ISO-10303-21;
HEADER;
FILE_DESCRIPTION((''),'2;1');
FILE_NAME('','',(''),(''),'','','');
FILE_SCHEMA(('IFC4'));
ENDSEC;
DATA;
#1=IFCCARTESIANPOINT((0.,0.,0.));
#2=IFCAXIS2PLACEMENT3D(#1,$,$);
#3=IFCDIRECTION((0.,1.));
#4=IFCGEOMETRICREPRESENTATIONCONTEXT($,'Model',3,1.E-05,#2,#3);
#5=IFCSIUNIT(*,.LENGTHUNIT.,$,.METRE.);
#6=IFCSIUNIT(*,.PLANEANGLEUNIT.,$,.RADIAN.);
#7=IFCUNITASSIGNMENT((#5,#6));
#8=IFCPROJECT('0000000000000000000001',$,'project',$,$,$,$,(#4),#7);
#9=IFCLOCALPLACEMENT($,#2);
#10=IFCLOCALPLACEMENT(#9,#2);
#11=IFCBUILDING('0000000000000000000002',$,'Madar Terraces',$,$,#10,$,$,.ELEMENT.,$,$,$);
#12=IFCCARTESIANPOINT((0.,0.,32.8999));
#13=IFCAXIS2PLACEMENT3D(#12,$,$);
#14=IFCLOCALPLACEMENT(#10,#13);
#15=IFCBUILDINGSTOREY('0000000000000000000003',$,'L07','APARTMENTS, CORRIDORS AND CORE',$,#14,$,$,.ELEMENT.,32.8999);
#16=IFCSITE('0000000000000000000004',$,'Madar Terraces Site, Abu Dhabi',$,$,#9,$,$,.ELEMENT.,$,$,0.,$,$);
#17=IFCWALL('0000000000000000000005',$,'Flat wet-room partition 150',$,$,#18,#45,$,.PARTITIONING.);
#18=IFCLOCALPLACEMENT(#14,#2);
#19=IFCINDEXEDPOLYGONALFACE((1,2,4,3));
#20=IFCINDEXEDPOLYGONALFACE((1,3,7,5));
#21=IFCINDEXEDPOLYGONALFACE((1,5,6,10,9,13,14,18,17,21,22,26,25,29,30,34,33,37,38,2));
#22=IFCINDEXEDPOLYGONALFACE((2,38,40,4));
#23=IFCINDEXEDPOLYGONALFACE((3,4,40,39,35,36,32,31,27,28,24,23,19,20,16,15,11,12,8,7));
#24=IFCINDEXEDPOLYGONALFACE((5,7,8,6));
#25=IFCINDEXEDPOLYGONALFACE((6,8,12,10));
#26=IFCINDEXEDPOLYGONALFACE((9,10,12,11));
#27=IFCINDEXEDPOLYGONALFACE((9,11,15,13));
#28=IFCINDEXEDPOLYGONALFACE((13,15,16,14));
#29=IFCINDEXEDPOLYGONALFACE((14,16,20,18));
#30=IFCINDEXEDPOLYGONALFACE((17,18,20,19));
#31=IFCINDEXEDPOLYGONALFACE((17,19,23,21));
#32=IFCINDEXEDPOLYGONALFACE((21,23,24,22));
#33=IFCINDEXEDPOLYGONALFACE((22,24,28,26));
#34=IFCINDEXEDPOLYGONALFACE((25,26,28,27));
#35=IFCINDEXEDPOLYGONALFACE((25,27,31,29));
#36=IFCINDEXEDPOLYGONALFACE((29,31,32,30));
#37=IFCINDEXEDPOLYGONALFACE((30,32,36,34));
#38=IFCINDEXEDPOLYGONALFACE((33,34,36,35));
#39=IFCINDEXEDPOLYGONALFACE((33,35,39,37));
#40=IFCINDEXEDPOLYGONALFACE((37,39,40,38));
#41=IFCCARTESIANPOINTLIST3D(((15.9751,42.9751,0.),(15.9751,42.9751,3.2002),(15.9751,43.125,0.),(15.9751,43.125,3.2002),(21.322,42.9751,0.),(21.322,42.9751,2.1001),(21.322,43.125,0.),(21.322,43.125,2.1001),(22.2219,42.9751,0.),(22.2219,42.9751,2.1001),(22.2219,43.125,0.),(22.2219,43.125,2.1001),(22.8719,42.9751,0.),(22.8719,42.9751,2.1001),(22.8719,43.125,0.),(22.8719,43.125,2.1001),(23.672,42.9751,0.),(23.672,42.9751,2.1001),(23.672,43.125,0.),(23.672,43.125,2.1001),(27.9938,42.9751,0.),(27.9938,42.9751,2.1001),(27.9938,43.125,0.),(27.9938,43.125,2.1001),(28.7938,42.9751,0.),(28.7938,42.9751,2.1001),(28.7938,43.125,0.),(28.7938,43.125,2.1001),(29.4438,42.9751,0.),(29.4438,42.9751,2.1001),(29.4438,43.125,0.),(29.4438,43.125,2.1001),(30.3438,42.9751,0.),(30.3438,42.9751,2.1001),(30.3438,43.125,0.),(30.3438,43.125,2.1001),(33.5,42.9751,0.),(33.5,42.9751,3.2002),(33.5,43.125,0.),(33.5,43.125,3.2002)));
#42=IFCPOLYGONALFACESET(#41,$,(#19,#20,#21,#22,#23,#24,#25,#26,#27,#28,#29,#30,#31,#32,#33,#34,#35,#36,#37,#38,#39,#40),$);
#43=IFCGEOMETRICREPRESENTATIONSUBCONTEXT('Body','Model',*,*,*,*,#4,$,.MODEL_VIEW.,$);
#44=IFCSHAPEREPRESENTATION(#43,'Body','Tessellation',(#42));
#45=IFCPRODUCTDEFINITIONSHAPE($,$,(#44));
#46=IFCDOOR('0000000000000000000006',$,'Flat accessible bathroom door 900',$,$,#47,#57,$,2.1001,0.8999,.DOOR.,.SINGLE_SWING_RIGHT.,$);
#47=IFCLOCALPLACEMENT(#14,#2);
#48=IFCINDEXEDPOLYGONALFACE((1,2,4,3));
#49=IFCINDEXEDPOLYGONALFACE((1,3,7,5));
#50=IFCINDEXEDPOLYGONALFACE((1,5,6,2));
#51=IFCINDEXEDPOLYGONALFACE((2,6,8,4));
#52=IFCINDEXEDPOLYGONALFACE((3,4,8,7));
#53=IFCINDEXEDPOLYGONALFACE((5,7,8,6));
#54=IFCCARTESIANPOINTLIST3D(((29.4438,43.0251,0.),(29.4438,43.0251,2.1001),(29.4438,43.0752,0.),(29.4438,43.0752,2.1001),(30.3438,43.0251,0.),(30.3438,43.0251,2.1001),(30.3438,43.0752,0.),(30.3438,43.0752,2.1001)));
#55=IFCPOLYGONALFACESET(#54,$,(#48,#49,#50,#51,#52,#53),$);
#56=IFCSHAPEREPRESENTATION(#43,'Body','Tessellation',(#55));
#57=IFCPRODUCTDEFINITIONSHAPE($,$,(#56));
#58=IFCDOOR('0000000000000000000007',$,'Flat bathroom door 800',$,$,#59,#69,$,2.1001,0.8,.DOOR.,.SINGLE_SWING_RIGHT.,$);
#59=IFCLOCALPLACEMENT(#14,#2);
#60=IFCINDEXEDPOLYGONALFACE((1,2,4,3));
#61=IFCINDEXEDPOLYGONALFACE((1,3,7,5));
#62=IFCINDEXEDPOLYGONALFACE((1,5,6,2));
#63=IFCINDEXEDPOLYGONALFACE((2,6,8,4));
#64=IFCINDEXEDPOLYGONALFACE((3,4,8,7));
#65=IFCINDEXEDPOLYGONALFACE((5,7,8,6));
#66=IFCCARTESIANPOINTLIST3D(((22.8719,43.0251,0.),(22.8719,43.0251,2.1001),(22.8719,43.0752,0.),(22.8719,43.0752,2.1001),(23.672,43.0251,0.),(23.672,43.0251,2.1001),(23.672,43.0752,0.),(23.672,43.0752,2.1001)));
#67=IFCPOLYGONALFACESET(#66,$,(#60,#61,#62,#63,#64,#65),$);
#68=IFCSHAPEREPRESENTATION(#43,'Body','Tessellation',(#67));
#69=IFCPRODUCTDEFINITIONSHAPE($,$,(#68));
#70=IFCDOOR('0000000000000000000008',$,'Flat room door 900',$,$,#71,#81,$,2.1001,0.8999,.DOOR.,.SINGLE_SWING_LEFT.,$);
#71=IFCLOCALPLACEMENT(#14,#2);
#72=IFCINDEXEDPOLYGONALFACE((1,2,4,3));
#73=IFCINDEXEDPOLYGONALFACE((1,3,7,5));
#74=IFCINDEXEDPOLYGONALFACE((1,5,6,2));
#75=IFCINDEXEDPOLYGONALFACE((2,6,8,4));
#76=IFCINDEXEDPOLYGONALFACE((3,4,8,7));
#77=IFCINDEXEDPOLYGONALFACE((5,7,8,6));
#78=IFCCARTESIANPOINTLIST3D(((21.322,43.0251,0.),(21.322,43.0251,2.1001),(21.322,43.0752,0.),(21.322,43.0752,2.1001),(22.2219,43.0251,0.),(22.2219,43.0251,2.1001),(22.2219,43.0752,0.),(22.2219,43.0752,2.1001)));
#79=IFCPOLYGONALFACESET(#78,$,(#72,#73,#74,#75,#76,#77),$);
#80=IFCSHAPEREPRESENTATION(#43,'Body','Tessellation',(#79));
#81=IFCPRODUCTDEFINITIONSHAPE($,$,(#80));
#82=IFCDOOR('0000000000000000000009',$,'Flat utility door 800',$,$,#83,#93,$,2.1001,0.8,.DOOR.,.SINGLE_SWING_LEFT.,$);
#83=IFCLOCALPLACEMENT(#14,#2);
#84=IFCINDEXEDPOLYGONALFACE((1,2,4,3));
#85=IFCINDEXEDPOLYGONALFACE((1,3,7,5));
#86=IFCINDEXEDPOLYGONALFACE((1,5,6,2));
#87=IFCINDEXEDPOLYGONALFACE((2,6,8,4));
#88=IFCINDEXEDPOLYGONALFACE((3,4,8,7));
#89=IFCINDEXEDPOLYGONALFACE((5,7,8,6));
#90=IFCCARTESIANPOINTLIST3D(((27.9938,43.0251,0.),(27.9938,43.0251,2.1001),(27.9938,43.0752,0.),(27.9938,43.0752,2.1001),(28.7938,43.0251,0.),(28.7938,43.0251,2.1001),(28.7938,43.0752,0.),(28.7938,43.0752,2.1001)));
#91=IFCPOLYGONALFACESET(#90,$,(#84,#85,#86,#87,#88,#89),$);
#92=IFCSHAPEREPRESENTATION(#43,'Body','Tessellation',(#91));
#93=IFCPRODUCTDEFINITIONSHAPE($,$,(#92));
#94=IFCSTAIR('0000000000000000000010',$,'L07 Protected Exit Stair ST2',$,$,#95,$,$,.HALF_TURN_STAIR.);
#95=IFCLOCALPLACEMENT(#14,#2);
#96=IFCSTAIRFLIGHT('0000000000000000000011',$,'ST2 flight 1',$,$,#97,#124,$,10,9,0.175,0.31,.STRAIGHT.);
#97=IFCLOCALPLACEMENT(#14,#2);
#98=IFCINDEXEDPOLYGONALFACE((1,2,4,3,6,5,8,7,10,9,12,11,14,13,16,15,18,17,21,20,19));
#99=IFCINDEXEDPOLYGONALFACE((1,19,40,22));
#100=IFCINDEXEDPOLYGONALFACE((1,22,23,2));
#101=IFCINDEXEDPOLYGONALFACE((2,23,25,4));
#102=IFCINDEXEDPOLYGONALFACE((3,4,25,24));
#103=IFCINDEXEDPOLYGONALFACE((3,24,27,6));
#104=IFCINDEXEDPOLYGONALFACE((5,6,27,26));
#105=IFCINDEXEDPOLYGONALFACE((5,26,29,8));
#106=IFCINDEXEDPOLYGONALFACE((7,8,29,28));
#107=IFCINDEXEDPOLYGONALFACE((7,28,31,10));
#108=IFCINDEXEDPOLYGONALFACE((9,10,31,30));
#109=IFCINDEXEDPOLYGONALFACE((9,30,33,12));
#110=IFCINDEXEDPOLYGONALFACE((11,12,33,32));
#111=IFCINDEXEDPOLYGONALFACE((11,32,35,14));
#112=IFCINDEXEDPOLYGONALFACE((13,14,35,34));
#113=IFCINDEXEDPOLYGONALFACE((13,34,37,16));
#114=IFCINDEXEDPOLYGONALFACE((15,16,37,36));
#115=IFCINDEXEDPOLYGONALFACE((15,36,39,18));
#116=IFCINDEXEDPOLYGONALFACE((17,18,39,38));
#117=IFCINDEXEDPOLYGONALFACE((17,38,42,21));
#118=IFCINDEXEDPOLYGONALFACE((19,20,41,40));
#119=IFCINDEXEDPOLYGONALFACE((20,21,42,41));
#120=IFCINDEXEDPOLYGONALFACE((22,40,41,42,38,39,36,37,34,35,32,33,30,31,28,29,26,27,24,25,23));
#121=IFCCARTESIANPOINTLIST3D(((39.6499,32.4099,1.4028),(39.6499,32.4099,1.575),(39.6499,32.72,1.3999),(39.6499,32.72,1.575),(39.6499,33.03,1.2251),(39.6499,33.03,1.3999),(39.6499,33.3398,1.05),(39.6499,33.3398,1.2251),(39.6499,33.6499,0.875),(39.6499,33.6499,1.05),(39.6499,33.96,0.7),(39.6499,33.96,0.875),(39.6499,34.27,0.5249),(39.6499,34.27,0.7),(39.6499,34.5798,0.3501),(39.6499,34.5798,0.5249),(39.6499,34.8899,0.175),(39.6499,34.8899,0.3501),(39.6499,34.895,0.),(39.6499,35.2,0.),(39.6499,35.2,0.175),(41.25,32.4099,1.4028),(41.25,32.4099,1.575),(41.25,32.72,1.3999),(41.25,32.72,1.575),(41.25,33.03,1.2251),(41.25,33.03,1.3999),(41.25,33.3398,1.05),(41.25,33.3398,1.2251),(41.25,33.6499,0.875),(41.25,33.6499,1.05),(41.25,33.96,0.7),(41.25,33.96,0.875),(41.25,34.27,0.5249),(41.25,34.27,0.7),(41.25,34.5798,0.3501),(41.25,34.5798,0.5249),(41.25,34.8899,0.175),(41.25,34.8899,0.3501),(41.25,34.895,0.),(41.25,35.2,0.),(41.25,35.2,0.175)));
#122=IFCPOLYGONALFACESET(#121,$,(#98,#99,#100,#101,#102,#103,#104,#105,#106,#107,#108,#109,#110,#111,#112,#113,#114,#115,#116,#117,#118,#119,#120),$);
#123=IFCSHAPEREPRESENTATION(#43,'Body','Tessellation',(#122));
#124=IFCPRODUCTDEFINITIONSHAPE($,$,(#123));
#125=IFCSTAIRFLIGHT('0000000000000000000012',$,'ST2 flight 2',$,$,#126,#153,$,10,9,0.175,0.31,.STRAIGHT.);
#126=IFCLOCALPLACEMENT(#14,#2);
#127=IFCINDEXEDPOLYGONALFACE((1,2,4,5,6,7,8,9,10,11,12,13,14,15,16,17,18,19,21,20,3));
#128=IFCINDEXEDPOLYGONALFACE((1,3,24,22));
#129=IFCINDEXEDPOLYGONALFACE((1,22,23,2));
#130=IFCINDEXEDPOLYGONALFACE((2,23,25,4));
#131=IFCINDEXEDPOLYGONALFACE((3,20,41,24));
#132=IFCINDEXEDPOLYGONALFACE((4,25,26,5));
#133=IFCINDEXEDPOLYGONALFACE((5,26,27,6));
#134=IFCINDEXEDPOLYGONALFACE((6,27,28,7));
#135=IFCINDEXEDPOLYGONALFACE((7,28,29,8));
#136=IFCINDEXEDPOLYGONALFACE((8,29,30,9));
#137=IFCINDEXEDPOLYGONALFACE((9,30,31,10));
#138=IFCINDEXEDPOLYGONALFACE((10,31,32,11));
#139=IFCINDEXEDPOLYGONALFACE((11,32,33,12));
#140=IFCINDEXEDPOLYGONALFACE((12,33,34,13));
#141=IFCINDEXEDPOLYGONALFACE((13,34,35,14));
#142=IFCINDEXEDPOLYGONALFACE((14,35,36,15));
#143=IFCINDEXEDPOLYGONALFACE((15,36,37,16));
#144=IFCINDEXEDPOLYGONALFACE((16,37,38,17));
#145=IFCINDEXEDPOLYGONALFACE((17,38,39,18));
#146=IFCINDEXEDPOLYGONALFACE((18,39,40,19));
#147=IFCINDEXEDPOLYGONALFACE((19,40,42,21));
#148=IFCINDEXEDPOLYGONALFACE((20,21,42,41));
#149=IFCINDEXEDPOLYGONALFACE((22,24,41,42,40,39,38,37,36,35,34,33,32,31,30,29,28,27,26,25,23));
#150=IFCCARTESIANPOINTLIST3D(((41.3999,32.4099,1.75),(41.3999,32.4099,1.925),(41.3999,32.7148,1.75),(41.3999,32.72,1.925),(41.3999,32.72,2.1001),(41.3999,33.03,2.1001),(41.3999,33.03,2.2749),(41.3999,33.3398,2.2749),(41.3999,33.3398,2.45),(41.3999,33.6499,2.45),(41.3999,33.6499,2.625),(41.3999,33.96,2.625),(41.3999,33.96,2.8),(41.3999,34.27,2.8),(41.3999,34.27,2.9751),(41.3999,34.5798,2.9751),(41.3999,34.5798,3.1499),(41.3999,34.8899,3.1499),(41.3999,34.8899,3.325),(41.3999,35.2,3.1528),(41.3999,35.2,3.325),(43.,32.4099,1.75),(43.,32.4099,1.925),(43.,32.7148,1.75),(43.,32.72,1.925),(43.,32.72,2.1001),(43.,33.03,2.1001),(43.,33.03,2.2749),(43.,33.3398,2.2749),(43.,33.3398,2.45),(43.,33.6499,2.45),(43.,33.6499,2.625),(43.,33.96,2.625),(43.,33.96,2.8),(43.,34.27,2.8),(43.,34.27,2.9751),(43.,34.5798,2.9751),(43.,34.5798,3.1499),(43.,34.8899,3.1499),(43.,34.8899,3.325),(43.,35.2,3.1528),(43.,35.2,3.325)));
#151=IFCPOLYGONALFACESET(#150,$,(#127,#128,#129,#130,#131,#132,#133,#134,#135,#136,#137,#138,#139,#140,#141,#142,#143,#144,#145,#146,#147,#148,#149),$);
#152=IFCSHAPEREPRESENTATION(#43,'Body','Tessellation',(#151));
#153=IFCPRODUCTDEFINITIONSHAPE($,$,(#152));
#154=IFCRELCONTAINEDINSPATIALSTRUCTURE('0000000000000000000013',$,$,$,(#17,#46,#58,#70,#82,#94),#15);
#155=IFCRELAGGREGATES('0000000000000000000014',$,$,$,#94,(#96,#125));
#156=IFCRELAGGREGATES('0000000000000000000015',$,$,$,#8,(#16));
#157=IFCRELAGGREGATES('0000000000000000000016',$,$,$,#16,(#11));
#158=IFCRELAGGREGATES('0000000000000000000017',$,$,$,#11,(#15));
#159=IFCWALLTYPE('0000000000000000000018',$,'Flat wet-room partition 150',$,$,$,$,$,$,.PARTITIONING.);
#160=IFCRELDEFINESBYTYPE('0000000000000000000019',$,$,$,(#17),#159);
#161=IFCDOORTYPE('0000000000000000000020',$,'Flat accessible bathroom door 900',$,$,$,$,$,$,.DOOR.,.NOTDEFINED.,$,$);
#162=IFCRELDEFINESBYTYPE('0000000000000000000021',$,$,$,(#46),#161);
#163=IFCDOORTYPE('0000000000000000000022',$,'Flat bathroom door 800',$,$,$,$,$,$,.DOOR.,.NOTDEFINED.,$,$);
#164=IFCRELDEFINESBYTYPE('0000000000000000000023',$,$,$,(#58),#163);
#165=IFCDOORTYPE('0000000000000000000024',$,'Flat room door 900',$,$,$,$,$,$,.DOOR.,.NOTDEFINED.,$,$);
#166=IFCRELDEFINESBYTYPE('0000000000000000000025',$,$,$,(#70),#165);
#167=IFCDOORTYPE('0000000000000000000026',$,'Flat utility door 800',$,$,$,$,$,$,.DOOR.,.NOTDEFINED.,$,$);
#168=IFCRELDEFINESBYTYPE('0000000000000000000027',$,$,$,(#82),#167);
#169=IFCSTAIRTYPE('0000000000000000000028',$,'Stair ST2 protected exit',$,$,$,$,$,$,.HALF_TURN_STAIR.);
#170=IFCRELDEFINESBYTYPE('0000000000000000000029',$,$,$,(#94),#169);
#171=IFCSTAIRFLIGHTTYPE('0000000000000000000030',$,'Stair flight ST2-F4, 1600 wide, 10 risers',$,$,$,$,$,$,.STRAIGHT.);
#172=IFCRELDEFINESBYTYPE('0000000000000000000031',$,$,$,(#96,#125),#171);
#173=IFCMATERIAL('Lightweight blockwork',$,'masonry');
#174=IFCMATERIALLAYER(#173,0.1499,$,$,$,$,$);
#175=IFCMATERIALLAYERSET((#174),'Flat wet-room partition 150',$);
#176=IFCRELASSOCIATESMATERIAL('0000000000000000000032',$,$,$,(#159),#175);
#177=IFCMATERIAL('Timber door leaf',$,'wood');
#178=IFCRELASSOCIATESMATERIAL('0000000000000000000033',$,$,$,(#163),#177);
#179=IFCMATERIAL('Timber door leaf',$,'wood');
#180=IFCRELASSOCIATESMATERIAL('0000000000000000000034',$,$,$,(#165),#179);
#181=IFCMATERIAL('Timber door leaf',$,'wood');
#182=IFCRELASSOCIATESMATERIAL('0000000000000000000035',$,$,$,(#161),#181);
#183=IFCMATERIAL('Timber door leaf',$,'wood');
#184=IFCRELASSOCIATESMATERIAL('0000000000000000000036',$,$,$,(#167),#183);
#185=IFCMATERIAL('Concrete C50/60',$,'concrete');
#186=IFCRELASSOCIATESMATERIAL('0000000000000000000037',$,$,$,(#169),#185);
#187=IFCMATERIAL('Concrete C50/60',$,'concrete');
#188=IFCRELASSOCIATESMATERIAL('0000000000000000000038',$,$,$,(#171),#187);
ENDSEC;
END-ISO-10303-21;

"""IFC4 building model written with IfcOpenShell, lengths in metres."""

from ifc_helpers import new_model, si_unit, direction, frame, frame_2d, origin, place, context, subcontext, project, spatial, polyline, rectangle, outline, extrude, material, layer, layer_set, type_object, element, fill, aggregate, save


model = new_model("IFC4")

# Units and contexts
model_context = context("Model", 3, precision=1e-05, world=origin(), true_north=direction((0.0, 1.0)))
body_context = subcontext(model_context, "Body", "Model", "MODEL_VIEW")
ifc_project = project(units=[si_unit("LENGTHUNIT", "METRE"), si_unit("PLANEANGLEUNIT", "RADIAN")], contexts=[model_context])

# Site, building, storey
site_placement = place(None, origin())
site = spatial("IfcSite", under=ifc_project, at=site_placement, Name="Madar Terraces Site, Abu Dhabi", CompositionType="ELEMENT", RefElevation=0.0)
building_placement = place(site_placement, origin())
building = spatial("IfcBuilding", under=site, at=building_placement, Name="Madar Terraces", CompositionType="ELEMENT")
storey_placement = place(building_placement, frame((0.0, 0.0, 32.8999)))
storey = spatial("IfcBuildingStorey", under=building, at=storey_placement, Name="L07", Description="APARTMENTS, CORRIDORS AND CORE", CompositionType="ELEMENT", Elevation=32.8999)

# Shared definitions
ifc_material_1 = material(Name="Lightweight blockwork", Category="masonry")
ifc_layer_1 = layer(ifc_material_1, 0.1499)
ifc_layer_set_1 = layer_set([ifc_layer_1], Name="Flat wet-room partition 150")
wall_type_1 = type_object("IfcWallType", Name="Flat wet-room partition 150", PredefinedType="PARTITIONING", material=ifc_layer_set_1)

# Shared definitions
ifc_material_2 = material(Name="Timber door leaf", Category="wood")
door_type_1 = type_object("IfcDoorType", Name="Flat bathroom door 800", OperationType="NOTDEFINED", PredefinedType="DOOR", material=ifc_material_2)
ifc_material_3 = material(Name="Timber door leaf", Category="wood")
door_type_2 = type_object("IfcDoorType", Name="Flat room door 900", OperationType="NOTDEFINED", PredefinedType="DOOR", material=ifc_material_3)

# Wall, openings, doors
wall_1_placement = place(storey_placement, frame((33.5, 43.05, 0.0), z_axis=(0.0, 0.0, 1.0), x_axis=(-1.0, 0.0, 0.0)))
wall_1 = element("IfcWall", 1, at=wall_1_placement, inside=storey, type_object=wall_type_1, Name="Flat wet-room partition 150", PredefinedType="PARTITIONING", context=body_context, shape_type="SweptSolid", body=[
    extrude(rectangle(XDim=17.5249, YDim=0.1499, at=frame_2d((8.7625, 0.0))), origin(), (0.0, 0.0, 1.0), 3.2002),
])
opening_1_placement = place(wall_1_placement, frame((11.2781, 0.0, 0.0)))
opening_1 = element("IfcOpeningElement", 2, at=opening_1_placement, cuts=wall_1, PredefinedType="OPENING", context=body_context, shape_type="SweptSolid", body=[
    extrude(rectangle(XDim=0.8999, YDim=2.1001, at=frame_2d((0.45, 1.05))), frame((0.0, 0.085, 0.0), z_axis=(0.0, -1.0, 0.0), x_axis=(1.0, 0.0, 0.0)), (0.0, 0.0, 1.0), 0.1699),
])
opening_2_placement = place(wall_1_placement, frame((9.8281, 0.0, 0.0)))
opening_2 = element("IfcOpeningElement", 3, at=opening_2_placement, cuts=wall_1, PredefinedType="OPENING", context=body_context, shape_type="SweptSolid", body=[
    extrude(rectangle(XDim=0.8, YDim=2.1001, at=frame_2d((0.3999, 1.05))), frame((0.0, 0.085, 0.0), z_axis=(0.0, -1.0, 0.0), x_axis=(1.0, 0.0, 0.0)), (0.0, 0.0, 1.0), 0.1699),
])
opening_3_placement = place(wall_1_placement, frame((4.7063, 0.0, 0.0)))
opening_3 = element("IfcOpeningElement", 4, at=opening_3_placement, cuts=wall_1, PredefinedType="OPENING", context=body_context, shape_type="SweptSolid", body=[
    extrude(rectangle(XDim=0.8, YDim=2.1001, at=frame_2d((0.3999, 1.05))), frame((0.0, 0.085, 0.0), z_axis=(0.0, -1.0, 0.0), x_axis=(1.0, 0.0, 0.0)), (0.0, 0.0, 1.0), 0.1699),
])
opening_4_placement = place(wall_1_placement, frame((3.1562, 0.0, 0.0)))
opening_4 = element("IfcOpeningElement", 5, at=opening_4_placement, cuts=wall_1, PredefinedType="OPENING", context=body_context, shape_type="SweptSolid", body=[
    extrude(rectangle(XDim=0.8999, YDim=2.1001, at=frame_2d((0.45, 1.05))), frame((0.0, 0.085, 0.0), z_axis=(0.0, -1.0, 0.0), x_axis=(1.0, 0.0, 0.0)), (0.0, 0.0, 1.0), 0.1699),
])
ifc_material_4 = material(Name="Timber door leaf", Category="wood")
door_type_3 = type_object("IfcDoorType", Name="Flat accessible bathroom door 900", OperationType="NOTDEFINED", PredefinedType="DOOR", material=ifc_material_4)
door_1_placement = place(opening_4_placement, origin())
door_1 = element("IfcDoor", 6, at=door_1_placement, inside=storey, type_object=door_type_3, Name="Flat accessible bathroom door 900", OperationType="SINGLE_SWING_RIGHT", OverallHeight=2.1001, OverallWidth=0.8999, PredefinedType="DOOR", context=body_context, shape_type="SweptSolid", body=[
    extrude(rectangle(XDim=0.8999, YDim=2.1001, at=frame_2d((0.45, 1.05))), frame((0.0, 0.0249, 0.0), z_axis=(0.0, -1.0, 0.0), x_axis=(1.0, 0.0, 0.0)), (0.0, 0.0, 1.0), 0.05),
])
fill(opening_4, door_1)
door_2_placement = place(opening_2_placement, origin())
door_2 = element("IfcDoor", 7, at=door_2_placement, inside=storey, type_object=door_type_1, Name="Flat bathroom door 800", OperationType="SINGLE_SWING_RIGHT", OverallHeight=2.1001, OverallWidth=0.8, PredefinedType="DOOR", context=body_context, shape_type="SweptSolid", body=[
    extrude(rectangle(XDim=0.8, YDim=2.1001, at=frame_2d((0.3999, 1.05))), frame((0.0, 0.0249, 0.0), z_axis=(0.0, -1.0, 0.0), x_axis=(1.0, 0.0, 0.0)), (0.0, 0.0, 1.0), 0.05),
])
fill(opening_2, door_2)
door_3_placement = place(opening_1_placement, origin())
door_3 = element("IfcDoor", 8, at=door_3_placement, inside=storey, type_object=door_type_2, Name="Flat room door 900", OperationType="SINGLE_SWING_LEFT", OverallHeight=2.1001, OverallWidth=0.8999, PredefinedType="DOOR", context=body_context, shape_type="SweptSolid", body=[
    extrude(rectangle(XDim=0.8999, YDim=2.1001, at=frame_2d((0.45, 1.05))), frame((0.0, 0.0249, 0.0), z_axis=(0.0, -1.0, 0.0), x_axis=(1.0, 0.0, 0.0)), (0.0, 0.0, 1.0), 0.05),
])
fill(opening_1, door_3)
ifc_material_5 = material(Name="Timber door leaf", Category="wood")
door_type_4 = type_object("IfcDoorType", Name="Flat utility door 800", OperationType="NOTDEFINED", PredefinedType="DOOR", material=ifc_material_5)
door_4_placement = place(opening_3_placement, origin())
door_4 = element("IfcDoor", 9, at=door_4_placement, inside=storey, type_object=door_type_4, Name="Flat utility door 800", OperationType="SINGLE_SWING_LEFT", OverallHeight=2.1001, OverallWidth=0.8, PredefinedType="DOOR", context=body_context, shape_type="SweptSolid", body=[
    extrude(rectangle(XDim=0.8, YDim=2.1001, at=frame_2d((0.3999, 1.05))), frame((0.0, 0.0249, 0.0), z_axis=(0.0, -1.0, 0.0), x_axis=(1.0, 0.0, 0.0)), (0.0, 0.0, 1.0), 0.05),
])
fill(opening_3, door_4)

# Stair, stair flights
ifc_material_6 = material(Name="Concrete C50/60", Category="concrete")
stair_type = type_object("IfcStairType", Name="Stair ST2 protected exit", PredefinedType="HALF_TURN_STAIR", material=ifc_material_6)
stair_placement = place(storey_placement, origin())
stair = element("IfcStair", 10, at=stair_placement, inside=storey, type_object=stair_type, Name="L07 Protected Exit Stair ST2", PredefinedType="HALF_TURN_STAIR")
ifc_material_7 = material(Name="Concrete C50/60", Category="concrete")
stair_flight_type = type_object("IfcStairFlightType", Name="Stair flight ST2-F4, 1600 wide, 10 risers", PredefinedType="STRAIGHT", material=ifc_material_7)
stair_flight_1_placement = place(storey_placement, frame((40.45, 35.2, 0.0), z_axis=(0.0, 0.0, 1.0), x_axis=(0.0, -1.0, 0.0)))
stair_flight_1 = element("IfcStairFlight", 11, at=stair_flight_1_placement, type_object=stair_flight_type, Name="ST2 flight 1", NumberOfRisers=10, NumberOfTreads=9, PredefinedType="STRAIGHT", RiserHeight=0.175, TreadLength=0.31, context=body_context, shape_type="SweptSolid", body=[
    extrude(outline(polyline([(0.0, 0.0), (0.0, 0.175), (0.3101, 0.175), (0.3101, 0.3501), (0.6201, 0.3501), (0.6201, 0.5249), (0.9299, 0.5249), (0.9299, 0.7), (1.24, 0.7), (1.24, 0.875), (1.55, 0.875), (1.55, 1.05), (1.8601, 1.05), (1.8601, 1.2251), (2.1699, 1.2251), (2.1699, 1.3999), (2.48, 1.3999), (2.48, 1.575), (2.79, 1.575), (2.79, 1.75), (2.79, 1.4028), (0.3049, 0.0), (0.0, 0.0)])), frame((0.0, 0.8, 0.0), z_axis=(0.0, -1.0, 0.0), x_axis=(1.0, 0.0, 0.0)), (0.0, 0.0, 1.0), 1.6001),
])
stair_flight_2_placement = place(storey_placement, frame((42.2, 32.4099, 1.75), z_axis=(0.0, 0.0, 1.0), x_axis=(0.0, 1.0, 0.0)))
stair_flight_2 = element("IfcStairFlight", 12, at=stair_flight_2_placement, type_object=stair_flight_type, Name="ST2 flight 2", NumberOfRisers=10, NumberOfTreads=9, PredefinedType="STRAIGHT", RiserHeight=0.175, TreadLength=0.31, context=body_context, shape_type="SweptSolid", body=[
    extrude(outline(polyline([(0.0, 0.0), (0.0, 0.175), (0.3101, 0.175), (0.3101, 0.3501), (0.6201, 0.3501), (0.6201, 0.5249), (0.9299, 0.5249), (0.9299, 0.7), (1.24, 0.7), (1.24, 0.875), (1.55, 0.875), (1.55, 1.05), (1.8601, 1.05), (1.8601, 1.2251), (2.1699, 1.2251), (2.1699, 1.3999), (2.48, 1.3999), (2.48, 1.575), (2.79, 1.575), (2.79, 1.75), (2.79, 1.4028), (0.3049, 0.0), (0.0, 0.0)])), frame((0.0, 0.8, 0.0), z_axis=(0.0, -1.0, 0.0), x_axis=(1.0, 0.0, 0.0)), (0.0, 0.0, 1.0), 1.6001),
])
aggregate(stair, [stair_flight_1, stair_flight_2])

save(model, "model.ifc")
